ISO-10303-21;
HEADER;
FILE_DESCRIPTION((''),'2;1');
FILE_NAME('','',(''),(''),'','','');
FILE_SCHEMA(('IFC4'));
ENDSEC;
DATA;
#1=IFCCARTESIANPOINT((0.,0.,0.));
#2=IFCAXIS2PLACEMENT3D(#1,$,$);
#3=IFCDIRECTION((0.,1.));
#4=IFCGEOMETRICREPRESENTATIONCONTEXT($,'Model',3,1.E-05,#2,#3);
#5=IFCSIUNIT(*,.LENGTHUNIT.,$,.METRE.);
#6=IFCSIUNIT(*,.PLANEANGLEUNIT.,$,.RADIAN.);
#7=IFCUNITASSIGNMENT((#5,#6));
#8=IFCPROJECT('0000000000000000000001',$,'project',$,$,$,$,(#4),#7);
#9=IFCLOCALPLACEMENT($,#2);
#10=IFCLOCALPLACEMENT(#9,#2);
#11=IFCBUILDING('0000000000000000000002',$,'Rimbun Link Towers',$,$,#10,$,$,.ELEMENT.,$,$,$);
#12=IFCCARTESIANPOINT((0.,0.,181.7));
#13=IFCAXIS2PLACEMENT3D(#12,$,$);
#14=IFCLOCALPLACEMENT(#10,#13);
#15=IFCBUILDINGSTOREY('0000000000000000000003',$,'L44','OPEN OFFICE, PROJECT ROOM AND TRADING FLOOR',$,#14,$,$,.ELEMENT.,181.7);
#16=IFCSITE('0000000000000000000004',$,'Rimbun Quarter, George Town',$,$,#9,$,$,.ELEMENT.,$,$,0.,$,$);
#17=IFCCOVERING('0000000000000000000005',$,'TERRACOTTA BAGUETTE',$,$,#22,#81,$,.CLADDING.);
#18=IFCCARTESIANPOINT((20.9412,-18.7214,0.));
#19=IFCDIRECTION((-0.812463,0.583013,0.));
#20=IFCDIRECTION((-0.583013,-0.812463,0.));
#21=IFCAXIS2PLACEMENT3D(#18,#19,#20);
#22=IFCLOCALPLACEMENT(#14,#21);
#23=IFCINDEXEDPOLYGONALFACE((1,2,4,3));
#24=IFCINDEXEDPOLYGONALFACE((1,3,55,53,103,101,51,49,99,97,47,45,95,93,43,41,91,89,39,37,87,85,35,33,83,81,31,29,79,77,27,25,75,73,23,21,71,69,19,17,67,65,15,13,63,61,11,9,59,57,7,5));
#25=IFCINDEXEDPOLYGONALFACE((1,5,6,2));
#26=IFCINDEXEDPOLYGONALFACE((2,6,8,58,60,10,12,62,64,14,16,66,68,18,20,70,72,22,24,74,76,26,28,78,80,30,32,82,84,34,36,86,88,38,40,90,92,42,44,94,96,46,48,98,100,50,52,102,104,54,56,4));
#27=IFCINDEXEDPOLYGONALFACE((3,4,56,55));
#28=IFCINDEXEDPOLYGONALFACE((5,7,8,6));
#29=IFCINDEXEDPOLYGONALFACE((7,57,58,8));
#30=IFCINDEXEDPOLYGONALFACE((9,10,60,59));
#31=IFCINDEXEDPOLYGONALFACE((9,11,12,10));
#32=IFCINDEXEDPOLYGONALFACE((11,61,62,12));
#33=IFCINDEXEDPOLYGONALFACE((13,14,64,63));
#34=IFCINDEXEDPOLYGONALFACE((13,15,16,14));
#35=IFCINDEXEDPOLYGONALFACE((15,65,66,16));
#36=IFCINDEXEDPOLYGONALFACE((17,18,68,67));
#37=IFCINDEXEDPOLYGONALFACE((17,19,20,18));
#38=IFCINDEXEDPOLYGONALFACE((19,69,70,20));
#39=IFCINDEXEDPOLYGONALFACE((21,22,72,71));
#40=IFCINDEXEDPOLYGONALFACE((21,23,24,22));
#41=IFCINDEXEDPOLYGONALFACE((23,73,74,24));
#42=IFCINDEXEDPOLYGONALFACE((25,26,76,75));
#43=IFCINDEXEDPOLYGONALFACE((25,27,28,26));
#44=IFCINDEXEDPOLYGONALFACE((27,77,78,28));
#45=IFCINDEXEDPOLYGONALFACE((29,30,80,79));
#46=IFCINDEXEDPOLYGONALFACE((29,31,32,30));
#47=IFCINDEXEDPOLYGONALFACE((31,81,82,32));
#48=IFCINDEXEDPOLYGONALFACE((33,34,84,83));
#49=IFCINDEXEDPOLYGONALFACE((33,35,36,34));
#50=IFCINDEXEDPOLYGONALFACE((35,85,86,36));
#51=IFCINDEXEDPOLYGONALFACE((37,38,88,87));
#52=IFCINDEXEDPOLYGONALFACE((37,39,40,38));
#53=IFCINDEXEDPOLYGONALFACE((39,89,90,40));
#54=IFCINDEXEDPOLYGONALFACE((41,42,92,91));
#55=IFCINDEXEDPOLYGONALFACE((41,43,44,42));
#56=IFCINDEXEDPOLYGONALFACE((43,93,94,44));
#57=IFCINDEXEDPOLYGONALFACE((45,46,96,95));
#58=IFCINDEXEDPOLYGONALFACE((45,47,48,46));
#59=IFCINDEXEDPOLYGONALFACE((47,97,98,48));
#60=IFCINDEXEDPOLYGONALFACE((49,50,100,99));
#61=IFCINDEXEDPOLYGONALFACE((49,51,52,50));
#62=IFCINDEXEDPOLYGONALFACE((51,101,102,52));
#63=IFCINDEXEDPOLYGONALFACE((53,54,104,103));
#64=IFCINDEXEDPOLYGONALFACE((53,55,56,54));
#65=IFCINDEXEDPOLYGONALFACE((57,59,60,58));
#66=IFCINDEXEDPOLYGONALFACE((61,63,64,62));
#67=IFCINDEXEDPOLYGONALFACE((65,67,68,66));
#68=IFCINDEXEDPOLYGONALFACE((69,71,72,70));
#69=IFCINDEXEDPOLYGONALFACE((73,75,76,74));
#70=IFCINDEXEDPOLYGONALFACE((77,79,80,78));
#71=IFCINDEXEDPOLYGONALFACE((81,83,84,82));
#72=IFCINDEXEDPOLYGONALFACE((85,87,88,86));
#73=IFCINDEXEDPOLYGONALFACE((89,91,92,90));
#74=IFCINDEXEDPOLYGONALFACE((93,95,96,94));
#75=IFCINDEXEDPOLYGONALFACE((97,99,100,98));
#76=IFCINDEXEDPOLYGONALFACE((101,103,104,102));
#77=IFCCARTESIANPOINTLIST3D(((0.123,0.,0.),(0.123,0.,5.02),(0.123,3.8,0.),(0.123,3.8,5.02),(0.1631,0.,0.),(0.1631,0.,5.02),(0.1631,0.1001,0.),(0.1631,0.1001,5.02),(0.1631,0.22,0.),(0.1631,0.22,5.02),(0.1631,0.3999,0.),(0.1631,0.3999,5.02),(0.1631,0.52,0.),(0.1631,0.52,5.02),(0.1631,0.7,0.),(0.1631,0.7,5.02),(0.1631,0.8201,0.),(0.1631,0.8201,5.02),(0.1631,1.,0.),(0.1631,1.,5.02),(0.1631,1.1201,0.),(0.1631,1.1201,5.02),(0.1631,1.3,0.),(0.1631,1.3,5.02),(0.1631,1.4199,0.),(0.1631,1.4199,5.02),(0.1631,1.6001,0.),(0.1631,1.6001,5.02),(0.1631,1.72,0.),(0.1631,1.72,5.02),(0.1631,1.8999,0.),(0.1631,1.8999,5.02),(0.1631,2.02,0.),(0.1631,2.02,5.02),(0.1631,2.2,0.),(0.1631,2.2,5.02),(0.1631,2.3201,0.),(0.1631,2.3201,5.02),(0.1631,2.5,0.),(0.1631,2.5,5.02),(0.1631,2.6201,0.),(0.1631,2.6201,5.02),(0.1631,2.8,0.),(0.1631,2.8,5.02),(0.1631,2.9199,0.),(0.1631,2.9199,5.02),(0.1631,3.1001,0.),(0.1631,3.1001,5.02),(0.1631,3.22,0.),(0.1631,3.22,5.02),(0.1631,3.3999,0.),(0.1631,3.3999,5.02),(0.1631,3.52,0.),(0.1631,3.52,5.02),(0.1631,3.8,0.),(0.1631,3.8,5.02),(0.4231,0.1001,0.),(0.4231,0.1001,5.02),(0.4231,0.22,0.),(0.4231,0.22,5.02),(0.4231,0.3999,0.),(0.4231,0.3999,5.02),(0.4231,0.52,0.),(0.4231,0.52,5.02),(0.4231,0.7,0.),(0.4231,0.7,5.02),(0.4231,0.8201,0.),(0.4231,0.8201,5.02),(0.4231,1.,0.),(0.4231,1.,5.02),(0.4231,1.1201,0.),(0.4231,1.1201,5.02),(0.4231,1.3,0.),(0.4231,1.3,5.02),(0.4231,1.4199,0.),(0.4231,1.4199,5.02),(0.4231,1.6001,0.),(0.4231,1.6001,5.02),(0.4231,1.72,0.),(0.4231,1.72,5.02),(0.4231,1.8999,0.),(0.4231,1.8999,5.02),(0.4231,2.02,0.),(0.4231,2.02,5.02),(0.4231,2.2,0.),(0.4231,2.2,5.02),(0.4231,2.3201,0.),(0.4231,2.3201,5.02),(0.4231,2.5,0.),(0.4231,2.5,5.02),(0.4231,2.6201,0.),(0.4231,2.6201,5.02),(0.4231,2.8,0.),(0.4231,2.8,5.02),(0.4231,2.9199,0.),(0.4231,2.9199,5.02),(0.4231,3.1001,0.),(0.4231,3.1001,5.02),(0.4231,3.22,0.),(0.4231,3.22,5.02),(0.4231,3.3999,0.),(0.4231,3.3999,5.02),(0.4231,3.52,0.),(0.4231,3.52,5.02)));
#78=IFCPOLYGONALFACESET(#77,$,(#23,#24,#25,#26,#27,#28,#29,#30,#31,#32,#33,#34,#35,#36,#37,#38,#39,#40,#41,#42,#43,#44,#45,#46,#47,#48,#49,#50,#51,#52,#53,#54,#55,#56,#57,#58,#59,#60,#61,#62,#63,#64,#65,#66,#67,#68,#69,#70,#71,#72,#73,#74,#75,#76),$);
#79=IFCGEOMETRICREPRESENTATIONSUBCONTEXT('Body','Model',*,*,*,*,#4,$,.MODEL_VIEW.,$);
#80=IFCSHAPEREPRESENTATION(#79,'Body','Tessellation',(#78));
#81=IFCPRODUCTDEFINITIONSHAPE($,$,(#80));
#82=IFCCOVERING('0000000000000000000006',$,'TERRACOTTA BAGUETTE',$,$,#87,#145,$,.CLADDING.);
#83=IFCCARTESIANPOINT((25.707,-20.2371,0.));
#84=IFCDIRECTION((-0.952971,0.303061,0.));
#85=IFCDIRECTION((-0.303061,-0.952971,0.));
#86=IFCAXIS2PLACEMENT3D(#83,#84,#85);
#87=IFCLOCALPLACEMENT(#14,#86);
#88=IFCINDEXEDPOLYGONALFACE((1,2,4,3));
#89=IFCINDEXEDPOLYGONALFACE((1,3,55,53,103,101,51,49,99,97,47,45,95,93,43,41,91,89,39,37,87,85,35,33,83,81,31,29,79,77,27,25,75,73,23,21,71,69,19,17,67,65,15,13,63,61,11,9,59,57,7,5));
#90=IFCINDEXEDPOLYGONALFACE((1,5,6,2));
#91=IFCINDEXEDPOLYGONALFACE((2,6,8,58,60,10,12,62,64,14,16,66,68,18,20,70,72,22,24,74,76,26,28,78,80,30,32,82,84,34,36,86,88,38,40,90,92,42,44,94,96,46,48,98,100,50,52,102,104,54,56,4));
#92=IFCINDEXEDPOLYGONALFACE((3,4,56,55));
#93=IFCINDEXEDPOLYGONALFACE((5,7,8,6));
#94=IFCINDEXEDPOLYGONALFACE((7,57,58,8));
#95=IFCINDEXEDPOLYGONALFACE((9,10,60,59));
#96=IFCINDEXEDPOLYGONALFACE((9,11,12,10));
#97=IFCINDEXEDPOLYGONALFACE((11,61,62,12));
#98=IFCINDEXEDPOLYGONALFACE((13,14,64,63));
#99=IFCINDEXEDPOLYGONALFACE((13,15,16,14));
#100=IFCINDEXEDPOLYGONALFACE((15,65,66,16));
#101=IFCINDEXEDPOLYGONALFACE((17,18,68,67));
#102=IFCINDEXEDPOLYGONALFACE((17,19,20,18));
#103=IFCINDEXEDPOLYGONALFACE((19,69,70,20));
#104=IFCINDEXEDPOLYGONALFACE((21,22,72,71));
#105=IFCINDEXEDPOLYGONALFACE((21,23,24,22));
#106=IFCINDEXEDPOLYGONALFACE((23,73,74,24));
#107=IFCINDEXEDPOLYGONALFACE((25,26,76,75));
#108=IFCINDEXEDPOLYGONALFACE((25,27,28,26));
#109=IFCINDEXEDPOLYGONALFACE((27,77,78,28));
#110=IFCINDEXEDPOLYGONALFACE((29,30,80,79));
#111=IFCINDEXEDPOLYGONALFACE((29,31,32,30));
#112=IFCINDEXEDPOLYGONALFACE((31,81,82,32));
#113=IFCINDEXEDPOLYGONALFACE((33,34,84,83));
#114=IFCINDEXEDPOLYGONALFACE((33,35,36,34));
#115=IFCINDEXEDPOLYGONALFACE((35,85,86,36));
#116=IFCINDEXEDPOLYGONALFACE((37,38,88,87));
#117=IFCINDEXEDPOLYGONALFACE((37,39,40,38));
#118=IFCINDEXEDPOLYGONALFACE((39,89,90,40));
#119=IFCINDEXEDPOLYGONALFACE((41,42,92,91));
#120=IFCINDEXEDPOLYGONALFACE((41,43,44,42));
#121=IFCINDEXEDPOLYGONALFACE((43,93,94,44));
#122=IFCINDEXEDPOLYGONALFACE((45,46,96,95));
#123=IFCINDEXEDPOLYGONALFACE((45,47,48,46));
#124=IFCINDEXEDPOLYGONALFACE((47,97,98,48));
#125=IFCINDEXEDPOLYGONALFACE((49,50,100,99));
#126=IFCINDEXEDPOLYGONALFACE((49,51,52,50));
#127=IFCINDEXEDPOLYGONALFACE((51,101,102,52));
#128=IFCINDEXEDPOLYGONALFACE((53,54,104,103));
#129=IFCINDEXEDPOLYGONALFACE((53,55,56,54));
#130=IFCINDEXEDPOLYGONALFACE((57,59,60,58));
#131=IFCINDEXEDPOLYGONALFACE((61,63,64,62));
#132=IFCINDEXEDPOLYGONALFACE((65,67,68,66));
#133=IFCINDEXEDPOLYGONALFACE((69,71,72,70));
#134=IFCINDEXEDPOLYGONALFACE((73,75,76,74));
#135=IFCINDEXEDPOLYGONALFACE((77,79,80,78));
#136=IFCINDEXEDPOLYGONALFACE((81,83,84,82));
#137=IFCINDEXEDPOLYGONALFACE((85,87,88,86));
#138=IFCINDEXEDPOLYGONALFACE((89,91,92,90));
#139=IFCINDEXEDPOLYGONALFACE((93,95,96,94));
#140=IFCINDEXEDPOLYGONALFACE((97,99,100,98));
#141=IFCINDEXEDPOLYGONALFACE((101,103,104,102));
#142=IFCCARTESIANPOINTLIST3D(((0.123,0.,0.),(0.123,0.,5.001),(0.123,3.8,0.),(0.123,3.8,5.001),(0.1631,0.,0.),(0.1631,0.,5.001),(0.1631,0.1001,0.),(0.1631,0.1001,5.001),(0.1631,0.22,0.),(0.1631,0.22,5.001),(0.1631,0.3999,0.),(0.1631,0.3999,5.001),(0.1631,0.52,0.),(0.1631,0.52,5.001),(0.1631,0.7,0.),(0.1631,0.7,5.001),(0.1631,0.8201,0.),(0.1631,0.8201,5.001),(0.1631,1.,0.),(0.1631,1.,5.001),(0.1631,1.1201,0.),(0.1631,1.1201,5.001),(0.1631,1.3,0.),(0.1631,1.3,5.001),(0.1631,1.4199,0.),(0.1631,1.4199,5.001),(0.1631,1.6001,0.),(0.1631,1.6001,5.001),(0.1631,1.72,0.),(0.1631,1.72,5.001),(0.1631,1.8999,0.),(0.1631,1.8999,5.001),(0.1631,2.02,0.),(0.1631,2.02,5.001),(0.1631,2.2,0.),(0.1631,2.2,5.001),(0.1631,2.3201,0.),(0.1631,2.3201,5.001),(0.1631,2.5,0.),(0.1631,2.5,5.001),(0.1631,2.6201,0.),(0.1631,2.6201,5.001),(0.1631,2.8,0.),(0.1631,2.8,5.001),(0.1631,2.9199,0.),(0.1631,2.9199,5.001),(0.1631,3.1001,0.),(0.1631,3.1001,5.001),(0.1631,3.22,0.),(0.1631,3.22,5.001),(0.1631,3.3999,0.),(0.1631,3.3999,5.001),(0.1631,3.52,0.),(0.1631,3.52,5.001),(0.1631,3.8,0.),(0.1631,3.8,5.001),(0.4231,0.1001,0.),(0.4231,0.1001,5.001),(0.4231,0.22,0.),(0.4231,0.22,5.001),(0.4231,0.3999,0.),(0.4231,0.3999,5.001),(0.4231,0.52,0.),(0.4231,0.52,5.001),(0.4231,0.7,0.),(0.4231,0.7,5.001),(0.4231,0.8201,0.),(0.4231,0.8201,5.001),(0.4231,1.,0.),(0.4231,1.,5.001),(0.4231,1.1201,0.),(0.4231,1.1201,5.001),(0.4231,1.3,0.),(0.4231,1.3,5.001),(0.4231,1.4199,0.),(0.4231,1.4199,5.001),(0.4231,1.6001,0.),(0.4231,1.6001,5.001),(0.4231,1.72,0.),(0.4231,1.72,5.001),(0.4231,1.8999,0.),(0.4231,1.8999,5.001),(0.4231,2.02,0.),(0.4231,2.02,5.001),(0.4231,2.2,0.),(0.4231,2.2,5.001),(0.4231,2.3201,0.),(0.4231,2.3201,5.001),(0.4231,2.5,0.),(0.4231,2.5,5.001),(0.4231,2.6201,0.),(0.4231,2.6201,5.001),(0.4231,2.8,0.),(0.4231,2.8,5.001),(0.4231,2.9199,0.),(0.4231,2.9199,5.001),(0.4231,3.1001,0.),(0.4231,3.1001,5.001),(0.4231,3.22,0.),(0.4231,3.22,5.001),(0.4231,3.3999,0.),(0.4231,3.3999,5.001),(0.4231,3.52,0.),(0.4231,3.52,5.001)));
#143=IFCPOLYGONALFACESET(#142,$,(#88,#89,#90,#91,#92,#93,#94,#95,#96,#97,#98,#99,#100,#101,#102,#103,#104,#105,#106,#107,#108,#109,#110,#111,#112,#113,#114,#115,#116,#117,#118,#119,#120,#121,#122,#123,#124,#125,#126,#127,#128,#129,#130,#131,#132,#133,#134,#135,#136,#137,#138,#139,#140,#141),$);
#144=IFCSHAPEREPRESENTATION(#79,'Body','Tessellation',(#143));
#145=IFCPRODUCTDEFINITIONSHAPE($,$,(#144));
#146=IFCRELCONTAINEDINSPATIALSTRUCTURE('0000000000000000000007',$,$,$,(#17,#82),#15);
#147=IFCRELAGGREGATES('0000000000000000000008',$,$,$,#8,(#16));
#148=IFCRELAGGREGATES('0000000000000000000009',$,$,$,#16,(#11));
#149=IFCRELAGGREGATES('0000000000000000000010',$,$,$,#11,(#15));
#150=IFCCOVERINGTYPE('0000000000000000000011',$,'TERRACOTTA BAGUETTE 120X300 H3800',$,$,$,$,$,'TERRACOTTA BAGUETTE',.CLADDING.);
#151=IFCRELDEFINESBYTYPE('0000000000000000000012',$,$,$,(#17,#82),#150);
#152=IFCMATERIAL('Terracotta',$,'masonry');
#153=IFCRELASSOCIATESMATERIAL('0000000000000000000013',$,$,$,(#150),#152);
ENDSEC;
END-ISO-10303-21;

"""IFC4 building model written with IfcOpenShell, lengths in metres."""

from ifc_helpers import new_model, si_unit, direction, frame, origin, place, context, subcontext, project, spatial, polyline, outline, extrude, material, material_profile, profile_set, type_object, element, save


model = new_model("IFC4")

# Units and contexts
model_context = context("Model", 3, precision=1e-05, world=origin(), true_north=direction((0.0, 1.0)))
body_context = subcontext(model_context, "Body", "Model", "MODEL_VIEW")
ifc_project = project(units=[si_unit("LENGTHUNIT", "METRE"), si_unit("PLANEANGLEUNIT", "RADIAN")], contexts=[model_context])

# Site, building, storey
site_placement = place(None, origin())
site = spatial("IfcSite", under=ifc_project, at=site_placement, Name="Rimbun Quarter, George Town", CompositionType="ELEMENT", RefElevation=0.0)
building_placement = place(site_placement, origin())
building = spatial("IfcBuilding", under=site, at=building_placement, Name="Rimbun Link Towers", CompositionType="ELEMENT")
storey_placement = place(building_placement, frame((0.0, 0.0, 181.7)))
storey = spatial("IfcBuildingStorey", under=building, at=storey_placement, Name="L44", Description="OPEN OFFICE, PROJECT ROOM AND TRADING FLOOR", CompositionType="ELEMENT", Elevation=181.7)

# Coverings
ifc_material_1 = material(Name="Terracotta", Category="masonry")
ifc_material_profile_1 = material_profile(ifc_material_1, outline(polyline([(0.123, 0.0), (0.1631, 0.0), (0.1631, 0.1001), (0.4231, 0.1001), (0.4231, 0.22), (0.1631, 0.22), (0.1631, 0.3999), (0.4231, 0.3999), (0.4231, 0.52), (0.1631, 0.52), (0.1631, 0.7), (0.4231, 0.7), (0.4231, 0.8201), (0.1631, 0.8201), (0.1631, 1.0), (0.4231, 1.0), (0.4231, 1.1201), (0.1631, 1.1201), (0.1631, 1.3), (0.4231, 1.3), (0.4231, 1.4199), (0.1631, 1.4199), (0.1631, 1.6001), (0.4231, 1.6001), (0.4231, 1.72), (0.1631, 1.72), (0.1631, 1.8999), (0.4231, 1.8999), (0.4231, 2.02), (0.1631, 2.02), (0.1631, 2.2), (0.4231, 2.2), (0.4231, 2.3201), (0.1631, 2.3201), (0.1631, 2.5), (0.4231, 2.5), (0.4231, 2.6201), (0.1631, 2.6201), (0.1631, 2.8), (0.4231, 2.8), (0.4231, 2.9199), (0.1631, 2.9199), (0.1631, 3.1001), (0.4231, 3.1001), (0.4231, 3.22), (0.1631, 3.22), (0.1631, 3.3999), (0.4231, 3.3999), (0.4231, 3.52), (0.1631, 3.52), (0.1631, 3.8), (0.123, 3.8), (0.123, 0.0)])), Name="BAGUETTE 120X300")
ifc_profile_set_1 = profile_set([ifc_material_profile_1], Name="Terracotta")
covering_type = type_object("IfcCoveringType", Name="TERRACOTTA BAGUETTE 120X300 H3800", ElementType="TERRACOTTA BAGUETTE", PredefinedType="CLADDING", material=ifc_profile_set_1)
covering_1_placement = place(storey_placement, frame((20.9412, -18.7214, 0.0), z_axis=(-0.812463, 0.583013, 0.0), x_axis=(-0.583013, -0.812463, 0.0)))
element("IfcCovering", 1, at=covering_1_placement, inside=storey, type_object=covering_type, Name="TERRACOTTA BAGUETTE", PredefinedType="CLADDING", context=body_context, shape_type="SweptSolid", body=[
    extrude(outline(polyline([(0.123, 0.0), (0.1631, 0.0), (0.1631, 0.1001), (0.4231, 0.1001), (0.4231, 0.22), (0.1631, 0.22), (0.1631, 0.3999), (0.4231, 0.3999), (0.4231, 0.52), (0.1631, 0.52), (0.1631, 0.7), (0.4231, 0.7), (0.4231, 0.8201), (0.1631, 0.8201), (0.1631, 1.0), (0.4231, 1.0), (0.4231, 1.1201), (0.1631, 1.1201), (0.1631, 1.3), (0.4231, 1.3), (0.4231, 1.4199), (0.1631, 1.4199), (0.1631, 1.6001), (0.4231, 1.6001), (0.4231, 1.72), (0.1631, 1.72), (0.1631, 1.8999), (0.4231, 1.8999), (0.4231, 2.02), (0.1631, 2.02), (0.1631, 2.2), (0.4231, 2.2), (0.4231, 2.3201), (0.1631, 2.3201), (0.1631, 2.5), (0.4231, 2.5), (0.4231, 2.6201), (0.1631, 2.6201), (0.1631, 2.8), (0.4231, 2.8), (0.4231, 2.9199), (0.1631, 2.9199), (0.1631, 3.1001), (0.4231, 3.1001), (0.4231, 3.22), (0.1631, 3.22), (0.1631, 3.3999), (0.4231, 3.3999), (0.4231, 3.52), (0.1631, 3.52), (0.1631, 3.8), (0.123, 3.8), (0.123, 0.0)])), origin(), (0.0, 0.0, 1.0), 5.02),
])
covering_2_placement = place(storey_placement, frame((25.707, -20.2371, 0.0), z_axis=(-0.952971, 0.303061, 0.0), x_axis=(-0.303061, -0.952971, 0.0)))
element("IfcCovering", 2, at=covering_2_placement, inside=storey, type_object=covering_type, Name="TERRACOTTA BAGUETTE", PredefinedType="CLADDING", context=body_context, shape_type="SweptSolid", body=[
    extrude(outline(polyline([(0.123, 0.0), (0.1631, 0.0), (0.1631, 0.1001), (0.4231, 0.1001), (0.4231, 0.22), (0.1631, 0.22), (0.1631, 0.3999), (0.4231, 0.3999), (0.4231, 0.52), (0.1631, 0.52), (0.1631, 0.7), (0.4231, 0.7), (0.4231, 0.8201), (0.1631, 0.8201), (0.1631, 1.0), (0.4231, 1.0), (0.4231, 1.1201), (0.1631, 1.1201), (0.1631, 1.3), (0.4231, 1.3), (0.4231, 1.4199), (0.1631, 1.4199), (0.1631, 1.6001), (0.4231, 1.6001), (0.4231, 1.72), (0.1631, 1.72), (0.1631, 1.8999), (0.4231, 1.8999), (0.4231, 2.02), (0.1631, 2.02), (0.1631, 2.2), (0.4231, 2.2), (0.4231, 2.3201), (0.1631, 2.3201), (0.1631, 2.5), (0.4231, 2.5), (0.4231, 2.6201), (0.1631, 2.6201), (0.1631, 2.8), (0.4231, 2.8), (0.4231, 2.9199), (0.1631, 2.9199), (0.1631, 3.1001), (0.4231, 3.1001), (0.4231, 3.22), (0.1631, 3.22), (0.1631, 3.3999), (0.4231, 3.3999), (0.4231, 3.52), (0.1631, 3.52), (0.1631, 3.8), (0.123, 3.8), (0.123, 0.0)])), origin(), (0.0, 0.0, 1.0), 5.001),
])

save(model, "model.ifc")
